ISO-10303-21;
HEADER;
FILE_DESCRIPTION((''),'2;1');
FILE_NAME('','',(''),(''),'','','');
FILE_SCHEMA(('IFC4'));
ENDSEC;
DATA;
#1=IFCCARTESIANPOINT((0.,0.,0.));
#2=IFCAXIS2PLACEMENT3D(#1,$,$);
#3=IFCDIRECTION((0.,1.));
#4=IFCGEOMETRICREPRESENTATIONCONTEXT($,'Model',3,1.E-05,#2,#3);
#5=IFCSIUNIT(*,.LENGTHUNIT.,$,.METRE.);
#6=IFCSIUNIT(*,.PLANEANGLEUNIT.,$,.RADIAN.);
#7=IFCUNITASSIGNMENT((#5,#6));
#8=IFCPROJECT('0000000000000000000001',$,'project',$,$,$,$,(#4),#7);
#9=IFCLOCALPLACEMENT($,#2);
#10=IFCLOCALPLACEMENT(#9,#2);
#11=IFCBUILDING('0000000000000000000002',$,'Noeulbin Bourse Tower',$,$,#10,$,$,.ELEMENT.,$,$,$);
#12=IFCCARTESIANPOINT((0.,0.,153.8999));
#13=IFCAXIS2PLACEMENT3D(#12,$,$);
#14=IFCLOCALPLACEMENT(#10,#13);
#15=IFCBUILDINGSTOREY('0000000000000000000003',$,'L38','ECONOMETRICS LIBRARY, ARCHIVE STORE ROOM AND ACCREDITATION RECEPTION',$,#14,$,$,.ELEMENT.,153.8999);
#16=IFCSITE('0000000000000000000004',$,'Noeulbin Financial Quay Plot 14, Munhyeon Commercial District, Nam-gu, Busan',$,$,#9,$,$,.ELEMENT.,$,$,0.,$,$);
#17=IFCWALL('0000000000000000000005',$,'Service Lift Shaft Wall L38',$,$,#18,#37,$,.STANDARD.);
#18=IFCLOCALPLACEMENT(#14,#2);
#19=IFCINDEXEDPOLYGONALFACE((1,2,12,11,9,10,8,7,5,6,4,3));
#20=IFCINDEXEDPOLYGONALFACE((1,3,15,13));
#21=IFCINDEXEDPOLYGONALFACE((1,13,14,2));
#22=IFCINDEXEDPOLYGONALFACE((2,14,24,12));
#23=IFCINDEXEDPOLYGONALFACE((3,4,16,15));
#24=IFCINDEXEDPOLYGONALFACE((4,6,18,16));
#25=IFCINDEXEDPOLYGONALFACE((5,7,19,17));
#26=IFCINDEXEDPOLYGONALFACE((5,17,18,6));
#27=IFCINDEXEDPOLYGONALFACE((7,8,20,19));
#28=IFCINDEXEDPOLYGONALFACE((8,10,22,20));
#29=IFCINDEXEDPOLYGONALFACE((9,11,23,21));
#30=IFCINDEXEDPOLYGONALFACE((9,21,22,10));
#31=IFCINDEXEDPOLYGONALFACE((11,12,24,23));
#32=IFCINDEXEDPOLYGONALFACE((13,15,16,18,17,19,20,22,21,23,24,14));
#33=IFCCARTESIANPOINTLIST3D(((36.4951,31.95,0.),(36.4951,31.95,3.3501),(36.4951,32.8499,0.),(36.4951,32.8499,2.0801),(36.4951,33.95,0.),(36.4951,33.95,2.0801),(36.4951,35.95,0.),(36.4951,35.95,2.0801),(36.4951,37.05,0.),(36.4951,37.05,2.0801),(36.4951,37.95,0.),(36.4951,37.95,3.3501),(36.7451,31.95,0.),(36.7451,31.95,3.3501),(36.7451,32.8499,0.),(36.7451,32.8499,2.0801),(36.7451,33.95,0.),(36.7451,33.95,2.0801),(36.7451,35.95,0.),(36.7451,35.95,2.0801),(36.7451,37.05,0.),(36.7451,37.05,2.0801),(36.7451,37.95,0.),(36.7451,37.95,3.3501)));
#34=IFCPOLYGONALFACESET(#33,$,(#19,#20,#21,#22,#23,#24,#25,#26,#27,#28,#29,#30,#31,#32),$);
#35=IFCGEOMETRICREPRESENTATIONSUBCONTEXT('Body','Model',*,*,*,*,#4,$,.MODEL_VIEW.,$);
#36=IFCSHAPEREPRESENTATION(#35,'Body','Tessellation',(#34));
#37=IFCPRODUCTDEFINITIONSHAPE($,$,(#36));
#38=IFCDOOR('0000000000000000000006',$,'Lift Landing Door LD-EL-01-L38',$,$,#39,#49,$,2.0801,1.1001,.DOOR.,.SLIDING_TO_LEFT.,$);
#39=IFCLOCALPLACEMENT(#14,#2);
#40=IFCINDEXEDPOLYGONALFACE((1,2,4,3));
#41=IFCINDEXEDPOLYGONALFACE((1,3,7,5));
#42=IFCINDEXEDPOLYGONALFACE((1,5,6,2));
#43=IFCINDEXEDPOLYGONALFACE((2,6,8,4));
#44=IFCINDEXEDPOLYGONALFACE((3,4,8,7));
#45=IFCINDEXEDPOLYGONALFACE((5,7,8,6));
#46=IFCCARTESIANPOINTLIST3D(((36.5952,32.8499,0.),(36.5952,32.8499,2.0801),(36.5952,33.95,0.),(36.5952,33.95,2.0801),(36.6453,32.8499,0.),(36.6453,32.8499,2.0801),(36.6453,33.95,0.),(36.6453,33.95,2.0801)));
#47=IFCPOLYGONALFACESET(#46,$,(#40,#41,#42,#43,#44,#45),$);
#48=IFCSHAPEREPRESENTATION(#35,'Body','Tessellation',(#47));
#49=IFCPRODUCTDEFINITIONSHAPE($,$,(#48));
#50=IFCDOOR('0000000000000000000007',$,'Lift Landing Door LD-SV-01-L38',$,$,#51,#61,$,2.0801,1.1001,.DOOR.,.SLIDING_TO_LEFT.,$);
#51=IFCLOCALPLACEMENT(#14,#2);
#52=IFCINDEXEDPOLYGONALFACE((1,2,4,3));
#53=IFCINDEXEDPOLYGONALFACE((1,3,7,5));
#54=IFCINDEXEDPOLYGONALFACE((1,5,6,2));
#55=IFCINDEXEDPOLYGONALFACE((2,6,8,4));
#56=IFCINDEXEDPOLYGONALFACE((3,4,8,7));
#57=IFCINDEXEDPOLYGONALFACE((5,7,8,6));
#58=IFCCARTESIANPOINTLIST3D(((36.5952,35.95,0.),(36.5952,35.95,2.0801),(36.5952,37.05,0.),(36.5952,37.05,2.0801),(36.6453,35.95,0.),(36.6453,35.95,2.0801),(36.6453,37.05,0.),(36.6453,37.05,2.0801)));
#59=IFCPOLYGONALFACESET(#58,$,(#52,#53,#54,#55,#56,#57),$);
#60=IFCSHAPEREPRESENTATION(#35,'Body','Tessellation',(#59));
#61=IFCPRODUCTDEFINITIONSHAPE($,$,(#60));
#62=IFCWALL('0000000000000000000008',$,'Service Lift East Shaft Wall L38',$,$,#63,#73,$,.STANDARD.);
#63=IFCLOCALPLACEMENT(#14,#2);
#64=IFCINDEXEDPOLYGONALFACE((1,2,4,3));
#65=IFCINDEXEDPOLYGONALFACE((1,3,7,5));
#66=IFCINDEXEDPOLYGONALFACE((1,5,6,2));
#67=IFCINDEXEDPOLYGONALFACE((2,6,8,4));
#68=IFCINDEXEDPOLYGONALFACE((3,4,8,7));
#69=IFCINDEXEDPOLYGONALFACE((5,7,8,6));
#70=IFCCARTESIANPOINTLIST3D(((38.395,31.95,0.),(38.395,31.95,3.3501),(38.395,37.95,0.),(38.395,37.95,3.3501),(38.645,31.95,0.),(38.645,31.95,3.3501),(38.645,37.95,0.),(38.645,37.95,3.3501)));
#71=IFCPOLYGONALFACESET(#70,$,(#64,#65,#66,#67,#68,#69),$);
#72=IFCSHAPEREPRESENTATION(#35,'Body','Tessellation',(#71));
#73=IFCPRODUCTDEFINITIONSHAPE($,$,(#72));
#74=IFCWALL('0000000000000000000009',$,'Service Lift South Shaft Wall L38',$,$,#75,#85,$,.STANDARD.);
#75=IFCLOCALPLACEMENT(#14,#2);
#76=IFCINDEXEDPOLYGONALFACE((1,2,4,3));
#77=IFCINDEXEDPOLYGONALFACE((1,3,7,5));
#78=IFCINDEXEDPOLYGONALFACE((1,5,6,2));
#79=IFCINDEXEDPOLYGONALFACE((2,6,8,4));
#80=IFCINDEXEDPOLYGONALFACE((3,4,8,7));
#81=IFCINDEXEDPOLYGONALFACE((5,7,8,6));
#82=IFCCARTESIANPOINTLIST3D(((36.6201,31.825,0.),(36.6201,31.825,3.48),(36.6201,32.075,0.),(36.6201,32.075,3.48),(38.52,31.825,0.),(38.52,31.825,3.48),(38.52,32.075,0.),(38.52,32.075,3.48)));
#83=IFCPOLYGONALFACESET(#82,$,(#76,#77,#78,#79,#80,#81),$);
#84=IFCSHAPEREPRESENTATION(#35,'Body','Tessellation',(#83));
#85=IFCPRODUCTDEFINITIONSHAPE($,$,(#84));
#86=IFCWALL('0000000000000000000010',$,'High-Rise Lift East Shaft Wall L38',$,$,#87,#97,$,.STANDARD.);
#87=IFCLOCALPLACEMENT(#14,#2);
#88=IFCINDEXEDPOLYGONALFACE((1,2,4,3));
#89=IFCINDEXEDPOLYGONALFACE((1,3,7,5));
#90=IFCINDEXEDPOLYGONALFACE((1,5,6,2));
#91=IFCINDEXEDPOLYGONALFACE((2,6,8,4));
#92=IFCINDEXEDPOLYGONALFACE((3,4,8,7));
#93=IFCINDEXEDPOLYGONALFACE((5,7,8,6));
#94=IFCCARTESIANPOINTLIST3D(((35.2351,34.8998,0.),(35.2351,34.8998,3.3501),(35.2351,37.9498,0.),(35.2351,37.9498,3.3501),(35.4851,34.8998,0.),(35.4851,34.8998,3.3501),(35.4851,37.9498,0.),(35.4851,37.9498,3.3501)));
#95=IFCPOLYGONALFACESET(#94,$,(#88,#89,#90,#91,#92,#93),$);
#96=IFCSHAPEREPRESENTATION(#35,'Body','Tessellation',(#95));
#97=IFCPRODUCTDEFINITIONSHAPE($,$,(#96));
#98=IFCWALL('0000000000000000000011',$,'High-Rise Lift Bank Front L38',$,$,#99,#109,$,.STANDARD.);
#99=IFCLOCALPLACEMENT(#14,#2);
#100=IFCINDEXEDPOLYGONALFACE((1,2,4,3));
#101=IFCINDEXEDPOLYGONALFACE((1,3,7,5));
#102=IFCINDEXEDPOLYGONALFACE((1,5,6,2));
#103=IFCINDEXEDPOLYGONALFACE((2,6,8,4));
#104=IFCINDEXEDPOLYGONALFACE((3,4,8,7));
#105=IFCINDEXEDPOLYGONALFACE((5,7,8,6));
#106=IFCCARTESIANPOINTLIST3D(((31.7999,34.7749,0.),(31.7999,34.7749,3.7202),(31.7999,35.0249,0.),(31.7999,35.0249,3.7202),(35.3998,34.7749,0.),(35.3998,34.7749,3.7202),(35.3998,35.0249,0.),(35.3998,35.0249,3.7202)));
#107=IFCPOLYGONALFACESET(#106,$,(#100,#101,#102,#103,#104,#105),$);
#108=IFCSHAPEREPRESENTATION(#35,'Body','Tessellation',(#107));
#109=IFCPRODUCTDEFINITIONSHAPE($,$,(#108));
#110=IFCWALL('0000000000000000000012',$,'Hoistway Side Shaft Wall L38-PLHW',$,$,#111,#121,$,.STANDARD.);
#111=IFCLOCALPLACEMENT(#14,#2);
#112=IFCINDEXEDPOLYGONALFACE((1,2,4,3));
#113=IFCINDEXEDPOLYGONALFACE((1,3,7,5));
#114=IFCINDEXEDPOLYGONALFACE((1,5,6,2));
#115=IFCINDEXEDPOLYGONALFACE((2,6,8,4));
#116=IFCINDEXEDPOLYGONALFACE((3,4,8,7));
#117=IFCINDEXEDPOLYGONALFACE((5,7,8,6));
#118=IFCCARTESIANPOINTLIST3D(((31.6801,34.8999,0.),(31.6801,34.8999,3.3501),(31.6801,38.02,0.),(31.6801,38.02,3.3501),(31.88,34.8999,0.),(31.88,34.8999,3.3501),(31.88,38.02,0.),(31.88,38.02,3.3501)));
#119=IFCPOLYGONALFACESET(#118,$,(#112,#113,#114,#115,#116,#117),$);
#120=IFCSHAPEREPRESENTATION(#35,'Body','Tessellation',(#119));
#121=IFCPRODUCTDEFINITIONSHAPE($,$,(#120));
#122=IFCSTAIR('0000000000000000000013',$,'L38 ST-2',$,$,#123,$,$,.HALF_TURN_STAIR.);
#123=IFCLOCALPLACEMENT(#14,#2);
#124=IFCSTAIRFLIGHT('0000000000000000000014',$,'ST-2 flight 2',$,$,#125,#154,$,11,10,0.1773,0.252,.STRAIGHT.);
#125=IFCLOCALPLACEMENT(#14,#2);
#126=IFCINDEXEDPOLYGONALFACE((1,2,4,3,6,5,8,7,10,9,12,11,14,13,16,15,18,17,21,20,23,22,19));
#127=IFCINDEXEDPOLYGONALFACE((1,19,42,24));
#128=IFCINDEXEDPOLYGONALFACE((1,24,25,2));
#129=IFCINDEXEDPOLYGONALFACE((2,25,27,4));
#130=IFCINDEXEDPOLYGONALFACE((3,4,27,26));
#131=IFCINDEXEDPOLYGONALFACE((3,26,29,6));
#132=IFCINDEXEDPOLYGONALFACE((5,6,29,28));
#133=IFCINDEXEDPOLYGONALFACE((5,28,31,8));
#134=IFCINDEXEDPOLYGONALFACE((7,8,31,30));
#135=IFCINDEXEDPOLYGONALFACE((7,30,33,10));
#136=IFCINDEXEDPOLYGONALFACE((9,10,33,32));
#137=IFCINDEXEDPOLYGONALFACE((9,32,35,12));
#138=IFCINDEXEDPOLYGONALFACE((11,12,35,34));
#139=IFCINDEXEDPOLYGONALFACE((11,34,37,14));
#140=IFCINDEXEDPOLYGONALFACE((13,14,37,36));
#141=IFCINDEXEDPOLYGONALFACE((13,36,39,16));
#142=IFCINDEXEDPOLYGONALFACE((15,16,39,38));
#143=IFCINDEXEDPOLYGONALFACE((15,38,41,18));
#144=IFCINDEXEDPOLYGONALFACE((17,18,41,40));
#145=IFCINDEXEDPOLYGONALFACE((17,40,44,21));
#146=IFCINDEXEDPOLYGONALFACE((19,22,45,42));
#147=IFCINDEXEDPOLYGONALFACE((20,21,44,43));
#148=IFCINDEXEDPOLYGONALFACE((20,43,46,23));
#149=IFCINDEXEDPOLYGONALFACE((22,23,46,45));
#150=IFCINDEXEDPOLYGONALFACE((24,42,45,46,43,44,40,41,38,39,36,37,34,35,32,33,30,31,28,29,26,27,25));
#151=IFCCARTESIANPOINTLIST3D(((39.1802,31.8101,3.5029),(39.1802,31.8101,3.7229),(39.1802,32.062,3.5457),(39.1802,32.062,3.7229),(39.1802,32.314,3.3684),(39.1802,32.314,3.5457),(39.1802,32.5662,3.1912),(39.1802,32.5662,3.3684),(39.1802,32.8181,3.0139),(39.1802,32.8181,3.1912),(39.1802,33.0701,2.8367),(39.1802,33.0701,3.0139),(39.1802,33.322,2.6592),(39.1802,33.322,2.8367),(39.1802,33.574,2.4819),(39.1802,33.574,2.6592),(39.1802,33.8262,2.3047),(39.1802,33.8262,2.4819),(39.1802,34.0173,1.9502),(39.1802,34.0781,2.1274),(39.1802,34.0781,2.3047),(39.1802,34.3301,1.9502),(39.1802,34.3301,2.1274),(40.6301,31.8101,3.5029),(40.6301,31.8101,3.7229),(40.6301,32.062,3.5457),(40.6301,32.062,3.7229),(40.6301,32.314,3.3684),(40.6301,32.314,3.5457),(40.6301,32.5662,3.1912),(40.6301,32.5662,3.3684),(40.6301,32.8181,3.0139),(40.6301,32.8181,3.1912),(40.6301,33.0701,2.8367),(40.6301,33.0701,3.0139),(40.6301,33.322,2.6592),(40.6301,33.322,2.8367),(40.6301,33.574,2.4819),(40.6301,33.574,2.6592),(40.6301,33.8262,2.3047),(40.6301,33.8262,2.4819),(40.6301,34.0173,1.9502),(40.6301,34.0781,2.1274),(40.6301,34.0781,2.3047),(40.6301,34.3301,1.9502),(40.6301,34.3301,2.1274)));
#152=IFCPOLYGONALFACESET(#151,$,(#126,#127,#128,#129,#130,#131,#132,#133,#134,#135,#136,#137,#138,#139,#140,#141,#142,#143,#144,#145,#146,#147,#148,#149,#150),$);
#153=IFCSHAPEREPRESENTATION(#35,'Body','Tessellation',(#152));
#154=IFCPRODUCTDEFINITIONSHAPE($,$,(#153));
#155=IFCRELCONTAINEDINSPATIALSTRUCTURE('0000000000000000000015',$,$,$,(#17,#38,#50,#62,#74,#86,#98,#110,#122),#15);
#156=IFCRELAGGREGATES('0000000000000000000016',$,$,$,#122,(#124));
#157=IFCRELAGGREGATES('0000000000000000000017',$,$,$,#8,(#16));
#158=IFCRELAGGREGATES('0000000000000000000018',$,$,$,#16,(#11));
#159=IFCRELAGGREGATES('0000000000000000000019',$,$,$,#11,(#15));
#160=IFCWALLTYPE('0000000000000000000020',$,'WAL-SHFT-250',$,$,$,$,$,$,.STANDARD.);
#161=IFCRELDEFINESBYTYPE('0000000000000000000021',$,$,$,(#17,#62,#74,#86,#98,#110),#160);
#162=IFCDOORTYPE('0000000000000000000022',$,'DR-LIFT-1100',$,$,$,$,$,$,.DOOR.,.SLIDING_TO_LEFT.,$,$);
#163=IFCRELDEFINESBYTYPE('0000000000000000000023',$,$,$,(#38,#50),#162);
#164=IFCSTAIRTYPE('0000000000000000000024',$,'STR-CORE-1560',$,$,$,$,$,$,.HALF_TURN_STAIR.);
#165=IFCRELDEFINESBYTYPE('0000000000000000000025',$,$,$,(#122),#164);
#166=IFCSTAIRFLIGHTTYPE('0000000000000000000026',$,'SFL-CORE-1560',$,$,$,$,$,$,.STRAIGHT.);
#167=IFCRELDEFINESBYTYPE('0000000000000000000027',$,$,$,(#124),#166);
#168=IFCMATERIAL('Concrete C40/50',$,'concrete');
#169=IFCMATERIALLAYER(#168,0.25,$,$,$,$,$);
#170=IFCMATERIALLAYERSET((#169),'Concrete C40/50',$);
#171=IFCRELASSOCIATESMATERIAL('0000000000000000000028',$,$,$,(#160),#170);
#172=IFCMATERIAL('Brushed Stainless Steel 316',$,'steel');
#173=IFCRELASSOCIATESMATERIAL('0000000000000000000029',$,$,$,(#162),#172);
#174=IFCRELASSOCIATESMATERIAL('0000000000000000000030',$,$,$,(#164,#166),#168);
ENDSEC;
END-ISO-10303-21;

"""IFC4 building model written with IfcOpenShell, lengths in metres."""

from ifc_helpers import new_model, si_unit, direction, frame, frame_2d, origin, place, context, subcontext, project, spatial, polyline, rectangle, outline, extrude, material, layer, layer_set, type_object, element, fill, aggregate, save


model = new_model("IFC4")

# Units and contexts
model_context = context("Model", 3, precision=1e-05, world=origin(), true_north=direction((0.0, 1.0)))
body_context = subcontext(model_context, "Body", "Model", "MODEL_VIEW")
ifc_project = project(units=[si_unit("LENGTHUNIT", "METRE"), si_unit("PLANEANGLEUNIT", "RADIAN")], contexts=[model_context])

# Site, building, storey
site_placement = place(None, origin())
site = spatial("IfcSite", under=ifc_project, at=site_placement, Name="Noeulbin Financial Quay Plot 14, Munhyeon Commercial District, Nam-gu, Busan", CompositionType="ELEMENT", RefElevation=0.0)
building_placement = place(site_placement, origin())
building = spatial("IfcBuilding", under=site, at=building_placement, Name="Noeulbin Bourse Tower", CompositionType="ELEMENT")
storey_placement = place(building_placement, frame((0.0, 0.0, 153.8999)))
storey = spatial("IfcBuildingStorey", under=building, at=storey_placement, Name="L38", Description="ECONOMETRICS LIBRARY, ARCHIVE STORE ROOM AND ACCREDITATION RECEPTION", CompositionType="ELEMENT", Elevation=153.8999)

# Shared definitions
ifc_material_1 = material(Name="Concrete C40/50", Category="concrete")

# Shared definitions
ifc_layer_1 = layer(ifc_material_1, 0.25)
ifc_layer_set_1 = layer_set([ifc_layer_1], Name="Concrete C40/50")
wall_type_1 = type_object("IfcWallType", Name="WAL-SHFT-250", PredefinedType="STANDARD", material=ifc_layer_set_1)

# Wall, openings, doors
wall_1_placement = place(storey_placement, frame((36.6201, 31.95, 0.0), z_axis=(0.0, 0.0, 1.0), x_axis=(0.0, 1.0, 0.0)))
wall_1 = element("IfcWall", 1, at=wall_1_placement, inside=storey, type_object=wall_type_1, Name="Service Lift Shaft Wall L38", PredefinedType="STANDARD", context=body_context, shape_type="SweptSolid", body=[
    extrude(rectangle(XDim=6.0, YDim=0.25, at=frame_2d((3.0, 0.0))), origin(), (0.0, 0.0, 1.0), 3.3501),
])
opening_1_placement = place(wall_1_placement, frame((0.8999, 0.0, 0.0)))
opening_1 = element("IfcOpeningElement", 2, at=opening_1_placement, cuts=wall_1, PredefinedType="OPENING", context=body_context, shape_type="SweptSolid", body=[
    extrude(rectangle(XDim=1.1001, YDim=2.0801, at=frame_2d((0.55, 1.04))), frame((0.0, 0.135, 0.0), z_axis=(0.0, -1.0, 0.0), x_axis=(1.0, 0.0, 0.0)), (0.0, 0.0, 1.0), 0.27),
])
opening_2_placement = place(wall_1_placement, frame((4.0, 0.0, 0.0)))
opening_2 = element("IfcOpeningElement", 3, at=opening_2_placement, cuts=wall_1, PredefinedType="OPENING", context=body_context, shape_type="SweptSolid", body=[
    extrude(rectangle(XDim=1.1001, YDim=2.0801, at=frame_2d((0.55, 1.04))), frame((0.0, 0.135, 0.0), z_axis=(0.0, -1.0, 0.0), x_axis=(1.0, 0.0, 0.0)), (0.0, 0.0, 1.0), 0.27),
])
ifc_material_2 = material(Name="Brushed Stainless Steel 316", Category="steel")
door_type_1 = type_object("IfcDoorType", Name="DR-LIFT-1100", OperationType="SLIDING_TO_LEFT", PredefinedType="DOOR", material=ifc_material_2)
door_1_placement = place(opening_1_placement, origin())
door_1 = element("IfcDoor", 4, at=door_1_placement, inside=storey, type_object=door_type_1, Name="Lift Landing Door LD-EL-01-L38", OperationType="SLIDING_TO_LEFT", OverallHeight=2.0801, OverallWidth=1.1001, PredefinedType="DOOR", context=body_context, shape_type="SweptSolid", body=[
    extrude(rectangle(XDim=1.1001, YDim=2.0801, at=frame_2d((0.55, 1.04))), frame((0.0, 0.0249, 0.0), z_axis=(0.0, -1.0, 0.0), x_axis=(1.0, 0.0, 0.0)), (0.0, 0.0, 1.0), 0.05),
])
fill(opening_1, door_1)
door_2_placement = place(opening_2_placement, origin())
door_2 = element("IfcDoor", 5, at=door_2_placement, inside=storey, type_object=door_type_1, Name="Lift Landing Door LD-SV-01-L38", OperationType="SLIDING_TO_LEFT", OverallHeight=2.0801, OverallWidth=1.1001, PredefinedType="DOOR", context=body_context, shape_type="SweptSolid", body=[
    extrude(rectangle(XDim=1.1001, YDim=2.0801, at=frame_2d((0.55, 1.04))), frame((0.0, 0.0249, 0.0), z_axis=(0.0, -1.0, 0.0), x_axis=(1.0, 0.0, 0.0)), (0.0, 0.0, 1.0), 0.05),
])
fill(opening_2, door_2)

# Walls
wall_2_placement = place(storey_placement, frame((38.52, 31.95, 0.0), z_axis=(0.0, 0.0, 1.0), x_axis=(0.0, 1.0, 0.0)))
element("IfcWall", 6, at=wall_2_placement, inside=storey, type_object=wall_type_1, Name="Service Lift East Shaft Wall L38", PredefinedType="STANDARD", context=body_context, shape_type="SweptSolid", body=[
    extrude(rectangle(XDim=6.0, YDim=0.25, at=frame_2d((3.0, 0.0))), origin(), (0.0, 0.0, 1.0), 3.3501),
])
wall_3_placement = place(storey_placement, frame((36.6201, 31.95, 0.0), z_axis=(0.0, 0.0, 1.0), x_axis=(1.0, 0.0, 0.0)))
element("IfcWall", 7, at=wall_3_placement, inside=storey, type_object=wall_type_1, Name="Service Lift South Shaft Wall L38", PredefinedType="STANDARD", context=body_context, shape_type="SweptSolid", body=[
    extrude(rectangle(XDim=1.8999, YDim=0.25, at=frame_2d((0.95, 0.0))), origin(), (0.0, 0.0, 1.0), 3.48),
])
wall_4_placement = place(storey_placement, frame((35.3601, 34.8999, 0.0), z_axis=(0.0, 0.0, 1.0), x_axis=(0.0, 1.0, 0.0)))
element("IfcWall", 8, at=wall_4_placement, inside=storey, type_object=wall_type_1, Name="High-Rise Lift East Shaft Wall L38", PredefinedType="STANDARD", context=body_context, shape_type="SweptSolid", body=[
    extrude(rectangle(XDim=3.05, YDim=0.25, at=frame_2d((1.5249, 0.0))), origin(), (0.0, 0.0, 1.0), 3.3501),
])
wall_5_placement = place(storey_placement, frame((31.8, 34.8999, 0.0), z_axis=(0.0, 0.0, 1.0), x_axis=(1.0, 0.0, 0.0)))
element("IfcWall", 9, at=wall_5_placement, inside=storey, type_object=wall_type_1, Name="High-Rise Lift Bank Front L38", PredefinedType="STANDARD", context=body_context, shape_type="SweptSolid", body=[
    extrude(rectangle(XDim=3.5999, YDim=0.25, at=frame_2d((1.7998, 0.0))), origin(), (0.0, 0.0, 1.0), 3.7202),
])
wall_6_placement = place(storey_placement, frame((31.78, 34.8999, 0.0), z_axis=(0.0, 0.0, 1.0), x_axis=(0.0, 1.0, 0.0)))
element("IfcWall", 10, at=wall_6_placement, inside=storey, type_object=wall_type_1, Name="Hoistway Side Shaft Wall L38-PLHW", PredefinedType="STANDARD", context=body_context, shape_type="SweptSolid", body=[
    extrude(rectangle(XDim=3.1201, YDim=0.2, at=frame_2d((1.5601, 0.0))), origin(), (0.0, 0.0, 1.0), 3.3501),
])

# Stair, stair flight
stair_type = type_object("IfcStairType", Name="STR-CORE-1560", PredefinedType="HALF_TURN_STAIR", material=ifc_material_1)
stair_placement = place(storey_placement, origin())
stair = element("IfcStair", 11, at=stair_placement, inside=storey, type_object=stair_type, Name="L38 ST-2", PredefinedType="HALF_TURN_STAIR")
stair_flight_type = type_object("IfcStairFlightType", Name="SFL-CORE-1560", PredefinedType="STRAIGHT", material=ifc_material_1)
stair_flight_placement = place(storey_placement, frame((39.905, 34.3301, 1.9502), z_axis=(0.0, 0.0, 1.0), x_axis=(0.0, -1.0, 0.0)))
stair_flight = element("IfcStairFlight", 12, at=stair_flight_placement, type_object=stair_flight_type, Name="ST-2 flight 2", NumberOfRisers=11, NumberOfTreads=10, PredefinedType="STRAIGHT", RiserHeight=0.1773, TreadLength=0.252, context=body_context, shape_type="SweptSolid", body=[
    extrude(outline(polyline([(0.0, 0.0), (0.0, 0.1772), (0.252, 0.1772), (0.252, 0.3545), (0.5039, 0.3545), (0.5039, 0.5317), (0.7561, 0.5317), (0.7561, 0.709), (1.0081, 0.709), (1.0081, 0.8865), (1.26, 0.8865), (1.26, 1.0637), (1.512, 1.0637), (1.512, 1.241), (1.7639, 1.241), (1.7639, 1.4182), (2.0161, 1.4182), (2.0161, 1.5955), (2.2681, 1.5955), (2.2681, 1.7727), (2.52, 1.7727), (2.52, 1.95), (2.52, 1.5527), (0.3127, 0.0), (0.0, 0.0)])), frame((0.0, 0.7251, 0.0), z_axis=(0.0, -1.0, 0.0), x_axis=(1.0, 0.0, 0.0)), (0.0, 0.0, 1.0), 1.45),
])
aggregate(stair, [stair_flight])

save(model, "model.ifc")
